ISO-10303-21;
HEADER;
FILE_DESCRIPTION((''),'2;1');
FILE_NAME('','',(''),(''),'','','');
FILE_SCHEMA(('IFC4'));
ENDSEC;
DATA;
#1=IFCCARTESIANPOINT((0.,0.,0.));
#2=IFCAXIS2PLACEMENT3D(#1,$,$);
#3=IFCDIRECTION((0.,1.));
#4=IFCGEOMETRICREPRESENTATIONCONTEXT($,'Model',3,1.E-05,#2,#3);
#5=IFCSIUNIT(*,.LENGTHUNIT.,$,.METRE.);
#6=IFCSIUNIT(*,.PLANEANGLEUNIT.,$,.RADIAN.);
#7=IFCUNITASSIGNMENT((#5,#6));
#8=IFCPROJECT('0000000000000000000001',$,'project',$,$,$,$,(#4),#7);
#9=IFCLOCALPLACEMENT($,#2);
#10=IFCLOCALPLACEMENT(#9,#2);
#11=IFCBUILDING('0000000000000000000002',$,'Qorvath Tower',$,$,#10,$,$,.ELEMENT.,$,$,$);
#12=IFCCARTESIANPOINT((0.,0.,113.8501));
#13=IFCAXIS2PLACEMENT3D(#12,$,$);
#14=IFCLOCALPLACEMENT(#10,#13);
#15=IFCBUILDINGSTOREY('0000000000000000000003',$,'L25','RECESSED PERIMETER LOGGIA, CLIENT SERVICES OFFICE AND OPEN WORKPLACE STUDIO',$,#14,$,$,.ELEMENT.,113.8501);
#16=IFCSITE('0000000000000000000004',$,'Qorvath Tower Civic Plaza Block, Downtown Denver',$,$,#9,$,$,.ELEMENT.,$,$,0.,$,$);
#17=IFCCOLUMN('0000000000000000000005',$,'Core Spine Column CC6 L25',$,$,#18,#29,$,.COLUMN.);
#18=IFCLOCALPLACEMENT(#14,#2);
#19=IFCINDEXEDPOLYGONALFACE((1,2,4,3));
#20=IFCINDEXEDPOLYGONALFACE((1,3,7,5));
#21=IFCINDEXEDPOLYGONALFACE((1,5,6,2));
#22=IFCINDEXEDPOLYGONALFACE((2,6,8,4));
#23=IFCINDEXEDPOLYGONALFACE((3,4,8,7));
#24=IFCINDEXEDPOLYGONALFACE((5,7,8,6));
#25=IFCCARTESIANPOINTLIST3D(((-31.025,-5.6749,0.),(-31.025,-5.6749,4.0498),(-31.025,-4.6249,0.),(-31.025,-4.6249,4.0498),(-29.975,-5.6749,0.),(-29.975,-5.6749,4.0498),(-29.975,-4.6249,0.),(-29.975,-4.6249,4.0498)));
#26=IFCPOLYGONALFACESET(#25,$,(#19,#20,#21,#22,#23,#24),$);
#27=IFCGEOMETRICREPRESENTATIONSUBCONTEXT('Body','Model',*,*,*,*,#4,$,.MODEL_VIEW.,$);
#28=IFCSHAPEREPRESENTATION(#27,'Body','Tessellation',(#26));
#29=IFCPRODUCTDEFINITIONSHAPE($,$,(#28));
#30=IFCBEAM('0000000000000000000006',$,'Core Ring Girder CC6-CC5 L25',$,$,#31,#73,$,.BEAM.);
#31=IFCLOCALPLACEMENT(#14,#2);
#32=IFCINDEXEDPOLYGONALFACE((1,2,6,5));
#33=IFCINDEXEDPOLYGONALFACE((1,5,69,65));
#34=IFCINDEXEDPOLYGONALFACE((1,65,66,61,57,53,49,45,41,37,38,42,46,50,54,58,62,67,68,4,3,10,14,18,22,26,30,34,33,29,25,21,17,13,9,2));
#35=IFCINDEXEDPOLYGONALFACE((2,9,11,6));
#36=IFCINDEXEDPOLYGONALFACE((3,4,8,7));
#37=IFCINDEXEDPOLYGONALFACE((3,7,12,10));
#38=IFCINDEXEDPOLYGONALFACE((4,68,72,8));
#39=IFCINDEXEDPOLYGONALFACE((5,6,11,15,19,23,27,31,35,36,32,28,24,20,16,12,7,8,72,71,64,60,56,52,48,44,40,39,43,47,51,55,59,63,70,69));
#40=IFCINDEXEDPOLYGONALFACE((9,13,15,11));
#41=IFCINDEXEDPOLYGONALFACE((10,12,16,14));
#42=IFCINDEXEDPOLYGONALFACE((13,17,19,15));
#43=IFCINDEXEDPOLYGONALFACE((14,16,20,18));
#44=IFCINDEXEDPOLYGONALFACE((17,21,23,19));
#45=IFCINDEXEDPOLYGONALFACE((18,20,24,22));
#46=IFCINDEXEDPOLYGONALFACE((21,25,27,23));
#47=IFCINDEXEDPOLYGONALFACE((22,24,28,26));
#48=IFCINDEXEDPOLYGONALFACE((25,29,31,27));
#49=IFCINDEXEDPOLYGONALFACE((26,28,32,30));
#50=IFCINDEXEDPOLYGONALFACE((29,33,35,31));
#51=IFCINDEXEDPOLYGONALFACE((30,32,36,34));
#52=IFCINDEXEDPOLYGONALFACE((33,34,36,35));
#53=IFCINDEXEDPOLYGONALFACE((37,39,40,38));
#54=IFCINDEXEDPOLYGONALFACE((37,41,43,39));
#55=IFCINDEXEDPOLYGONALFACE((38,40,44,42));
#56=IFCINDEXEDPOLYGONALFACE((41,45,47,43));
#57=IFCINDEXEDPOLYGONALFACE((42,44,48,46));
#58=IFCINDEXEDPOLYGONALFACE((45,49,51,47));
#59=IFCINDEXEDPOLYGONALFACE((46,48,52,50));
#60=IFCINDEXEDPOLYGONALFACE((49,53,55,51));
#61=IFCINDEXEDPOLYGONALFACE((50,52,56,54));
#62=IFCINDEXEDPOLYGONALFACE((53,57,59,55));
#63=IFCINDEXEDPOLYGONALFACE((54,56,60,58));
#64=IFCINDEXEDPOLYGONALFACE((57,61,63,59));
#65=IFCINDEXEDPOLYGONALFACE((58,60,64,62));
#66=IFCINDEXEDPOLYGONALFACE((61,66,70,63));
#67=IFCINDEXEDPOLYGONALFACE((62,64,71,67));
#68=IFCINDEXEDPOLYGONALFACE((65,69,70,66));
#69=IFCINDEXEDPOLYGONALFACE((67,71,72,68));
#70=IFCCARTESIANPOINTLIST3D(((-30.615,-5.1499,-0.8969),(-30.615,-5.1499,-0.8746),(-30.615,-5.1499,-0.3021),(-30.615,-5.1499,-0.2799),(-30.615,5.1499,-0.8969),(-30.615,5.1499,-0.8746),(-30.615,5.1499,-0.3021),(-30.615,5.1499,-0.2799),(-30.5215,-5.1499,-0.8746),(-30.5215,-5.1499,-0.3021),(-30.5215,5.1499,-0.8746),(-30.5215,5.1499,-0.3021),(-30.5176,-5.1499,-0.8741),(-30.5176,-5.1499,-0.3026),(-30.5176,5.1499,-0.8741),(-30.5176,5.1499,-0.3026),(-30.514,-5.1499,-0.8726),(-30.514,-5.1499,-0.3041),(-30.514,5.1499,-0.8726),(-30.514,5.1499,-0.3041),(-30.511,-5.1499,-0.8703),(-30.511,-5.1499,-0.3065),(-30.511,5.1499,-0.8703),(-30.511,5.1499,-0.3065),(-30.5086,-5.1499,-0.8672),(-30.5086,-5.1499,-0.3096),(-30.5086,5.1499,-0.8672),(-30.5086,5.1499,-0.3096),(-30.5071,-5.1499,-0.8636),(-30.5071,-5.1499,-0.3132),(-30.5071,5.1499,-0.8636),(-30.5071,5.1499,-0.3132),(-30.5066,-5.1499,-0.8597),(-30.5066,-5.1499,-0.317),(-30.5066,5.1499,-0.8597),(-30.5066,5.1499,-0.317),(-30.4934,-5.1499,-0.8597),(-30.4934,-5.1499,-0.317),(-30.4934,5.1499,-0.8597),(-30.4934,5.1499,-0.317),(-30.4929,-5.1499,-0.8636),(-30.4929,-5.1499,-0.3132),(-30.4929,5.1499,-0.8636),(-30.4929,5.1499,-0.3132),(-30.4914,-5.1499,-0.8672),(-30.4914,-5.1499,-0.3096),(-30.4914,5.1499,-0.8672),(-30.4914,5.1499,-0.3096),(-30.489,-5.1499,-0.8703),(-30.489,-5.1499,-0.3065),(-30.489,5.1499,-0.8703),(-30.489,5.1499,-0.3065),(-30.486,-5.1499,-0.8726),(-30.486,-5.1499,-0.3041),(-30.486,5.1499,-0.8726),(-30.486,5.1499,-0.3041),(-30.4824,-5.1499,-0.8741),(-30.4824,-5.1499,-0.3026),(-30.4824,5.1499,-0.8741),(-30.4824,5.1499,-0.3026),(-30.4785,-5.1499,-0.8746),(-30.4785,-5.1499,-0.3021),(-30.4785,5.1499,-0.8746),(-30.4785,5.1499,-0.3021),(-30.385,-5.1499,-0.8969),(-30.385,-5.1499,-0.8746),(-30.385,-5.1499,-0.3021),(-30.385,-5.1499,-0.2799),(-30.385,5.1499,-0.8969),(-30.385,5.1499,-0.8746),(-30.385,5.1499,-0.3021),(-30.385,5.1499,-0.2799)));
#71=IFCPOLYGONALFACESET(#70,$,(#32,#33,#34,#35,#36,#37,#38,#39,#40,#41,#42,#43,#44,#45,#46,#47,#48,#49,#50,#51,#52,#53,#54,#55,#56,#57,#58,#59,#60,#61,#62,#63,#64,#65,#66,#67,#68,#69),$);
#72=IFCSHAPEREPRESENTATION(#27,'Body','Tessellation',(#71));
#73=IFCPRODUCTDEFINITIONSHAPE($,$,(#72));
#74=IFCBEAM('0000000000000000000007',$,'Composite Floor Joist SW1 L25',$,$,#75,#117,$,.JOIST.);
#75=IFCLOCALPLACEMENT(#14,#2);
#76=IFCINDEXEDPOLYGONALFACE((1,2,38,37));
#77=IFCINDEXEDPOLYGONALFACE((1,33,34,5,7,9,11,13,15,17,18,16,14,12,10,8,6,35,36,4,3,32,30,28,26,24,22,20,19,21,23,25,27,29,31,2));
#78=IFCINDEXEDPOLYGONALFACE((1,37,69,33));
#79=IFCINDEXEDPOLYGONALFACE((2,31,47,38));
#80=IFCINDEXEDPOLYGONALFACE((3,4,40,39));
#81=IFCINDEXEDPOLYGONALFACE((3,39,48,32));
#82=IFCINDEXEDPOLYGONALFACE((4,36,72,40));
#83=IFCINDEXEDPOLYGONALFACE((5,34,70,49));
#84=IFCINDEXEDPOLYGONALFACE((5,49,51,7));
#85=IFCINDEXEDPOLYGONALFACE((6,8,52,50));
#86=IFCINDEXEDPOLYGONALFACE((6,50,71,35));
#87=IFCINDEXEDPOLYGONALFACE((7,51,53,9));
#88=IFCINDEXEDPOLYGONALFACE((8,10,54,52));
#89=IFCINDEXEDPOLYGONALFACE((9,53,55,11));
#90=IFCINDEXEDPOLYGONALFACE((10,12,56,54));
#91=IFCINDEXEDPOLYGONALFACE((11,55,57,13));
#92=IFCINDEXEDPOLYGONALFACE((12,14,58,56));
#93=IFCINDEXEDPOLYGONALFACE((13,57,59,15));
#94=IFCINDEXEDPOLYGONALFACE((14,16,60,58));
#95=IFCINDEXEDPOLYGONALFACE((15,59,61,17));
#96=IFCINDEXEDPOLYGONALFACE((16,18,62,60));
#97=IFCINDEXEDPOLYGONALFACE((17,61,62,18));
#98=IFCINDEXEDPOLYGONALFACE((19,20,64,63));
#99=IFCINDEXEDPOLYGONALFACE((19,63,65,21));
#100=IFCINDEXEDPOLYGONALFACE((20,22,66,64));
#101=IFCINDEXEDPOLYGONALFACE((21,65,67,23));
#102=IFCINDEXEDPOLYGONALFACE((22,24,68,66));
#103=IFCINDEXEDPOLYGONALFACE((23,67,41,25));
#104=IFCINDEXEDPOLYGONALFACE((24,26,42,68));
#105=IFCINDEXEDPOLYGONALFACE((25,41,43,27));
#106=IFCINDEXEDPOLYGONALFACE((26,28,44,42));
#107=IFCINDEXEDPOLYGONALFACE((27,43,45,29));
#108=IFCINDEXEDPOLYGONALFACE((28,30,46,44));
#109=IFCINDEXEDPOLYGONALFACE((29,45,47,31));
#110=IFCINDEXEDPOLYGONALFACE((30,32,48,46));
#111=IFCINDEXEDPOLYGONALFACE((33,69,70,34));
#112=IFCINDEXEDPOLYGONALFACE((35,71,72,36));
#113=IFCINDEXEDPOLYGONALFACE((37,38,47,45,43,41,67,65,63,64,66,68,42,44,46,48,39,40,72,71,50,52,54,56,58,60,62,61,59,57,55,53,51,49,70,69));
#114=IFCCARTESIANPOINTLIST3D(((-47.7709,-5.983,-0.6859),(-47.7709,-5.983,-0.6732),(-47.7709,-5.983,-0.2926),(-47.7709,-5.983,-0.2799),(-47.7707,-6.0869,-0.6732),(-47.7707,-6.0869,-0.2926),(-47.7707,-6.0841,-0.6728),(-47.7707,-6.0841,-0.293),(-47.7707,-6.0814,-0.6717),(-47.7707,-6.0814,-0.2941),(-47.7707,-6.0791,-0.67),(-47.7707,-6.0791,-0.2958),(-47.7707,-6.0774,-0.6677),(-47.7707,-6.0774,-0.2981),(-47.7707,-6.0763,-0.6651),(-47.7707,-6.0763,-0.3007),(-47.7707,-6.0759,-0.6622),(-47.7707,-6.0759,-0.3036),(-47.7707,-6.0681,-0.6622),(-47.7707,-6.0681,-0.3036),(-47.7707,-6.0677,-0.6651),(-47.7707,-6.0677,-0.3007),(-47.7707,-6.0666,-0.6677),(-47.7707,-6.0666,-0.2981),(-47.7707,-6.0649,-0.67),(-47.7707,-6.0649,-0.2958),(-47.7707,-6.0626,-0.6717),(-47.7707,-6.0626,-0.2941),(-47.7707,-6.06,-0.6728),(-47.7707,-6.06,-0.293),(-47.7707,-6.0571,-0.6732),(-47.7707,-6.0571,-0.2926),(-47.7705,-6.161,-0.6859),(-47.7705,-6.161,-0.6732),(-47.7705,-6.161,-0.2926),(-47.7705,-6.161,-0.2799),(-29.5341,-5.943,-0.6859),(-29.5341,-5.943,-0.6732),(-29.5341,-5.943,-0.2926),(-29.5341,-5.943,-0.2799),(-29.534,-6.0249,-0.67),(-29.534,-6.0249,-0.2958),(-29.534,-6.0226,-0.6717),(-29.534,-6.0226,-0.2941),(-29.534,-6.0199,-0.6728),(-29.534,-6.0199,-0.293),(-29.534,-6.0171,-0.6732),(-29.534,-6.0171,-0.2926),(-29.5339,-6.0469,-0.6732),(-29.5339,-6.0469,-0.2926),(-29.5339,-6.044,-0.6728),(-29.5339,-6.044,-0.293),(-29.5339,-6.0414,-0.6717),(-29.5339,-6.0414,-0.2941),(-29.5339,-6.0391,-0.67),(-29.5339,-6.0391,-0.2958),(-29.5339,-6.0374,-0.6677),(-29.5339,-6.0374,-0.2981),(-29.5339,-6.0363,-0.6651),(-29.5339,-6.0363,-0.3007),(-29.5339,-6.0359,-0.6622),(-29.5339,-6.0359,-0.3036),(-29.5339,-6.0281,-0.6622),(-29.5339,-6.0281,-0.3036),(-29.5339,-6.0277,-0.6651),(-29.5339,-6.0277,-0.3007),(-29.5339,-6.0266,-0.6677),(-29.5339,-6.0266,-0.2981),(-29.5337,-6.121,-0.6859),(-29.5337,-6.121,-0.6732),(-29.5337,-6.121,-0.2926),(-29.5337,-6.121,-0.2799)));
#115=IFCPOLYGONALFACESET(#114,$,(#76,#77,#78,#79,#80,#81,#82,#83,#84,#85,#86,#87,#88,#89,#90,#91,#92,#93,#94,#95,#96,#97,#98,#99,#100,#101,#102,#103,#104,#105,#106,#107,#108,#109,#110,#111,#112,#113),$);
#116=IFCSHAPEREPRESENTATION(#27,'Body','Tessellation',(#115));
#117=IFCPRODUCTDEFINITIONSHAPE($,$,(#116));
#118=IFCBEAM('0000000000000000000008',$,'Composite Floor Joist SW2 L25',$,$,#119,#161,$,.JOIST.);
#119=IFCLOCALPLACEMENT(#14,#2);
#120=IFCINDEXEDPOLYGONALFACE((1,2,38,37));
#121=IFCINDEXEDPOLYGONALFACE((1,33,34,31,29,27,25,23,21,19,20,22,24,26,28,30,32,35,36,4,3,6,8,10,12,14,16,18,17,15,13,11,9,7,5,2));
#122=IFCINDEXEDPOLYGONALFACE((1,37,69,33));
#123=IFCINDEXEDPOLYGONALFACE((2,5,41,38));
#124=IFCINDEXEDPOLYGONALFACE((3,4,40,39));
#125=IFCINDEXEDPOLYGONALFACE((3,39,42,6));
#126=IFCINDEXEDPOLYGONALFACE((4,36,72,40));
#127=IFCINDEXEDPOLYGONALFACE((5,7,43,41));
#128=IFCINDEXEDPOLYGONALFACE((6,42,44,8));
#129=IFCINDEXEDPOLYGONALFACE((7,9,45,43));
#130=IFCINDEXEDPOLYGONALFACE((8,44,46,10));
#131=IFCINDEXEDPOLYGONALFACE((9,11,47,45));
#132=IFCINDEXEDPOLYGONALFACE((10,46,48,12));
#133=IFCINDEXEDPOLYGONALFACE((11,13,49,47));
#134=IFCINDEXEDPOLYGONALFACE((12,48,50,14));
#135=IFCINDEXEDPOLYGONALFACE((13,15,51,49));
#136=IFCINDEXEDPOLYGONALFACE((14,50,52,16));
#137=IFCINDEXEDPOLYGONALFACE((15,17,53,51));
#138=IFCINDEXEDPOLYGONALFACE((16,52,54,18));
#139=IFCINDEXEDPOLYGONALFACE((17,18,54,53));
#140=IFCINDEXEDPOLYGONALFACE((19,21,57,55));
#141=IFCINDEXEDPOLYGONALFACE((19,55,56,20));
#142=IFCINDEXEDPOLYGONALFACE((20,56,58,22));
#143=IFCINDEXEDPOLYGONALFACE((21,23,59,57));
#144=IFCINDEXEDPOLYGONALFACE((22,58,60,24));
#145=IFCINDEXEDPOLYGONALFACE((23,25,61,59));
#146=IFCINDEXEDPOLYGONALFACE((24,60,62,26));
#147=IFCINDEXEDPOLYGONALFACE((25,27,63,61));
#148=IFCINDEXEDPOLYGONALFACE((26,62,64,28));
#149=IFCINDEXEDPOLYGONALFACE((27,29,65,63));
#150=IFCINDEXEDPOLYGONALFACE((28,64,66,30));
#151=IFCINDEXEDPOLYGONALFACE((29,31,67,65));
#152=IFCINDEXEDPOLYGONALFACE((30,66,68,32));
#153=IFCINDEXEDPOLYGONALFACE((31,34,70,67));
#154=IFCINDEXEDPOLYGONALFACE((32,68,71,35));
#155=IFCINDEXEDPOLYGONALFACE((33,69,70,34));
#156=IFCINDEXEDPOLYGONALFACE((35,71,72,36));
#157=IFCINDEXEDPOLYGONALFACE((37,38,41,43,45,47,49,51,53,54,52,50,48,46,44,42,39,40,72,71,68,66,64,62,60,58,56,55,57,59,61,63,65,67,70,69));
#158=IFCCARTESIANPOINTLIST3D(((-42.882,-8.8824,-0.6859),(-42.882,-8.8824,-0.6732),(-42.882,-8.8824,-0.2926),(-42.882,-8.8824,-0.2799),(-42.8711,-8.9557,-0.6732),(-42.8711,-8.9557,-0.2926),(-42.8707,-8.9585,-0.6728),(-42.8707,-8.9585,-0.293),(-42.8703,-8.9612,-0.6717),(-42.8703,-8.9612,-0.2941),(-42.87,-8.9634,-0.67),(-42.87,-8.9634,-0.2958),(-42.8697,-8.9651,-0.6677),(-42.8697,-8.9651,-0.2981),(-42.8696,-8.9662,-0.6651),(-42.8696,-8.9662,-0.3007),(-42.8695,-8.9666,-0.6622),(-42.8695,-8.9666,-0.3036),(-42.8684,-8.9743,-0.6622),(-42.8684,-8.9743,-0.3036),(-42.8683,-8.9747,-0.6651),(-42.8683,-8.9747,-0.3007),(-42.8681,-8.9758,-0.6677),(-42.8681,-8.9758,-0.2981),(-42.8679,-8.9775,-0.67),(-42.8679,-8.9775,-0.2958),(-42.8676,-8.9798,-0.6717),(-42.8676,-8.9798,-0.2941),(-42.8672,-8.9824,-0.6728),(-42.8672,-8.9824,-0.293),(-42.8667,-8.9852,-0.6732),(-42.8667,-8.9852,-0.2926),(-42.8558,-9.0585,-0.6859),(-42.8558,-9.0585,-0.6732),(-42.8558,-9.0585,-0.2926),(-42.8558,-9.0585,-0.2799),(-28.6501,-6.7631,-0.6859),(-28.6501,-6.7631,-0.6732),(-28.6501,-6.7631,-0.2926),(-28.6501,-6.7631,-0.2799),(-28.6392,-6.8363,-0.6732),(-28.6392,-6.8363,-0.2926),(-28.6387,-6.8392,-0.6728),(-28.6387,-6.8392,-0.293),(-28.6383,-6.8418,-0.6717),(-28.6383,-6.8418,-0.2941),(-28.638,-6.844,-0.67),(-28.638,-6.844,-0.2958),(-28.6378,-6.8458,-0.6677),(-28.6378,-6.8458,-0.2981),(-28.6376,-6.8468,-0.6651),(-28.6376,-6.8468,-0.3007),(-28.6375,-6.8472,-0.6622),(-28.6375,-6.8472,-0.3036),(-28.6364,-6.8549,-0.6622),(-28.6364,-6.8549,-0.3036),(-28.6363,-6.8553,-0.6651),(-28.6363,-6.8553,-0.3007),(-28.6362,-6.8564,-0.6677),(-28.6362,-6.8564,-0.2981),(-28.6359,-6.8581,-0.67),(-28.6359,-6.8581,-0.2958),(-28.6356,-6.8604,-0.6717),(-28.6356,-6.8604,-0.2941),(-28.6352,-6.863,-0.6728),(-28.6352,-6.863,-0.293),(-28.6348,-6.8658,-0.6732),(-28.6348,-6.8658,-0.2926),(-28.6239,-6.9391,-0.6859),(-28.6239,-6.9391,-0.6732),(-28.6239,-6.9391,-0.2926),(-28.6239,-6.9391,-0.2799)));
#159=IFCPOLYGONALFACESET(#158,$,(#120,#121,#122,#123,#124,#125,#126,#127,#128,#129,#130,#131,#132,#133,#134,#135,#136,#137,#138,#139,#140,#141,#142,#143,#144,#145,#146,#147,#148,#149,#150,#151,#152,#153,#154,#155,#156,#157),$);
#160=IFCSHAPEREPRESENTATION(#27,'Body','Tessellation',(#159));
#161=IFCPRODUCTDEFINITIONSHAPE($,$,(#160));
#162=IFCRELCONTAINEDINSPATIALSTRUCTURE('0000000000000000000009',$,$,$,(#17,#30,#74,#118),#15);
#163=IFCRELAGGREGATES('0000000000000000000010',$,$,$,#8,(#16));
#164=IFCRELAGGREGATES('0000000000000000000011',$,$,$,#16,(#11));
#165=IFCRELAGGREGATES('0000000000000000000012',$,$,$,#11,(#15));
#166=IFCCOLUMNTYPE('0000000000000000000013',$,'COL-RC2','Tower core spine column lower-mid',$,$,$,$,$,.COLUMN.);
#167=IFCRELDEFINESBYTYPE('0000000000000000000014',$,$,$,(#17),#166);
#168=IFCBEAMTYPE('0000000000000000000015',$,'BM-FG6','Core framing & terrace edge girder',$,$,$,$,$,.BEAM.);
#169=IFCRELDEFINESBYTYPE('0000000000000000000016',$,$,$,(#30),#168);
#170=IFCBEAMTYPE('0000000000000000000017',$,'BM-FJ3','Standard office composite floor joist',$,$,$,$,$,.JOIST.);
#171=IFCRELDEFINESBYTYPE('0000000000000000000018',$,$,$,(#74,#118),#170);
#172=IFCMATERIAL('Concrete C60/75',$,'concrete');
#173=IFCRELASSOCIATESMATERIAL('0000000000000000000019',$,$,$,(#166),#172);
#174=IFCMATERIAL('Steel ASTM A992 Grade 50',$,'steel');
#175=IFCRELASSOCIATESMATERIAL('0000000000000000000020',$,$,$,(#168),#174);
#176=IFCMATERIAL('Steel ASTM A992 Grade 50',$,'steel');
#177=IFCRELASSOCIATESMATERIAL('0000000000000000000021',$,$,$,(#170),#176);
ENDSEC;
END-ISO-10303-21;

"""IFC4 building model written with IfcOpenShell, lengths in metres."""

from ifc_helpers import new_model, si_unit, direction, frame, origin, origin_2d, place, context, subcontext, project, spatial, rectangle, i_section, extrude, material, material_profile, profile_set, type_object, element, save


model = new_model("IFC4")

# Units and contexts
model_context = context("Model", 3, precision=1e-05, world=origin(), true_north=direction((0.0, 1.0)))
body_context = subcontext(model_context, "Body", "Model", "MODEL_VIEW")
ifc_project = project(units=[si_unit("LENGTHUNIT", "METRE"), si_unit("PLANEANGLEUNIT", "RADIAN")], contexts=[model_context])

# Site, building, storey
site_placement = place(None, origin())
site = spatial("IfcSite", under=ifc_project, at=site_placement, Name="Qorvath Tower Civic Plaza Block, Downtown Denver", CompositionType="ELEMENT", RefElevation=0.0)
building_placement = place(site_placement, origin())
building = spatial("IfcBuilding", under=site, at=building_placement, Name="Qorvath Tower", CompositionType="ELEMENT")
storey_placement = place(building_placement, frame((0.0, 0.0, 113.8501)))
storey = spatial("IfcBuildingStorey", under=building, at=storey_placement, Name="L25", Description="RECESSED PERIMETER LOGGIA, CLIENT SERVICES OFFICE AND OPEN WORKPLACE STUDIO", CompositionType="ELEMENT", Elevation=113.8501)

# Column
ifc_material_1 = material(Name="Concrete C60/75", Category="concrete")
ifc_material_profile_1 = material_profile(ifc_material_1, rectangle(XDim=1.05, YDim=1.05, at=origin_2d()), Name="RC 1050x1050")
ifc_profile_set_1 = profile_set([ifc_material_profile_1], Name="Concrete C60/75")
column_type = type_object("IfcColumnType", Name="COL-RC2", Description="Tower core spine column lower-mid", PredefinedType="COLUMN", material=ifc_profile_set_1)
column_placement = place(storey_placement, frame((-30.5, -5.1499, 0.0), z_axis=(0.0, 0.0, 1.0), x_axis=(1.0, 0.0, 0.0)))
element("IfcColumn", 1, at=column_placement, inside=storey, type_object=column_type, Name="Core Spine Column CC6 L25", PredefinedType="COLUMN", context=body_context, shape_type="SweptSolid", body=[
    extrude(rectangle(XDim=1.05, YDim=1.05, at=origin_2d()), origin(), (0.0, 0.0, 1.0), 4.0498),
])

# Beams
ifc_material_2 = material(Name="Steel ASTM A992 Grade 50", Category="steel")
ifc_material_profile_2 = material_profile(ifc_material_2, i_section(OverallWidth=0.23, OverallDepth=0.6169, WebThickness=0.0132, FlangeThickness=0.0222, FilletRadius=0.0149, at=origin_2d()), Name="W24x94")
ifc_profile_set_2 = profile_set([ifc_material_profile_2], Name="Steel ASTM A992 Grade 50")
beam_type_1 = type_object("IfcBeamType", Name="BM-FG6", Description="Core framing & terrace edge girder", PredefinedType="BEAM", material=ifc_profile_set_2)
beam_1_placement = place(storey_placement, frame((-30.5, -5.1499, -0.5884), z_axis=(0.0, 1.0, 0.0), x_axis=(-1.0, 0.0, 0.0)))
element("IfcBeam", 2, at=beam_1_placement, inside=storey, type_object=beam_type_1, Name="Core Ring Girder CC6-CC5 L25", PredefinedType="BEAM", context=body_context, shape_type="SweptSolid", body=[
    extrude(i_section(OverallWidth=0.23, OverallDepth=0.6169, WebThickness=0.0132, FlangeThickness=0.0222, FilletRadius=0.0149, at=origin_2d()), origin(), (0.0, 0.0, 1.0), 10.2998),
])
ifc_material_3 = material(Name="Steel ASTM A992 Grade 50", Category="steel")
ifc_material_profile_3 = material_profile(ifc_material_3, i_section(OverallWidth=0.178, OverallDepth=0.406, WebThickness=0.0078, FlangeThickness=0.0127, FilletRadius=0.011, at=origin_2d()), Name="W16x40")
ifc_profile_set_3 = profile_set([ifc_material_profile_3], Name="Steel ASTM A992 Grade 50")
beam_type_2 = type_object("IfcBeamType", Name="BM-FJ3", Description="Standard office composite floor joist", PredefinedType="JOIST", material=ifc_profile_set_3)
beam_2_placement = place(storey_placement, frame((-29.5339, -6.032, -0.4829), z_axis=(-0.999998, -0.002196, 0.0), x_axis=(0.002196, -0.999998, 0.0)))
element("IfcBeam", 3, at=beam_2_placement, inside=storey, type_object=beam_type_2, Name="Composite Floor Joist SW1 L25", PredefinedType="JOIST", context=body_context, shape_type="SweptSolid", body=[
    extrude(i_section(OverallWidth=0.178, OverallDepth=0.406, WebThickness=0.0078, FlangeThickness=0.0127, FilletRadius=0.011, at=origin_2d()), origin(), (0.0, 0.0, 1.0), 18.2368),
])
beam_3_placement = place(storey_placement, frame((-28.637, -6.8511, -0.4829), z_axis=(-0.989093, -0.147293, 0.0), x_axis=(0.147293, -0.989093, 0.0)))
element("IfcBeam", 4, at=beam_3_placement, inside=storey, type_object=beam_type_2, Name="Composite Floor Joist SW2 L25", PredefinedType="JOIST", context=body_context, shape_type="SweptSolid", body=[
    extrude(i_section(OverallWidth=0.178, OverallDepth=0.406, WebThickness=0.0078, FlangeThickness=0.0127, FilletRadius=0.011, at=origin_2d()), origin(), (0.0, 0.0, 1.0), 14.3889),
])

save(model, "model.ifc")
